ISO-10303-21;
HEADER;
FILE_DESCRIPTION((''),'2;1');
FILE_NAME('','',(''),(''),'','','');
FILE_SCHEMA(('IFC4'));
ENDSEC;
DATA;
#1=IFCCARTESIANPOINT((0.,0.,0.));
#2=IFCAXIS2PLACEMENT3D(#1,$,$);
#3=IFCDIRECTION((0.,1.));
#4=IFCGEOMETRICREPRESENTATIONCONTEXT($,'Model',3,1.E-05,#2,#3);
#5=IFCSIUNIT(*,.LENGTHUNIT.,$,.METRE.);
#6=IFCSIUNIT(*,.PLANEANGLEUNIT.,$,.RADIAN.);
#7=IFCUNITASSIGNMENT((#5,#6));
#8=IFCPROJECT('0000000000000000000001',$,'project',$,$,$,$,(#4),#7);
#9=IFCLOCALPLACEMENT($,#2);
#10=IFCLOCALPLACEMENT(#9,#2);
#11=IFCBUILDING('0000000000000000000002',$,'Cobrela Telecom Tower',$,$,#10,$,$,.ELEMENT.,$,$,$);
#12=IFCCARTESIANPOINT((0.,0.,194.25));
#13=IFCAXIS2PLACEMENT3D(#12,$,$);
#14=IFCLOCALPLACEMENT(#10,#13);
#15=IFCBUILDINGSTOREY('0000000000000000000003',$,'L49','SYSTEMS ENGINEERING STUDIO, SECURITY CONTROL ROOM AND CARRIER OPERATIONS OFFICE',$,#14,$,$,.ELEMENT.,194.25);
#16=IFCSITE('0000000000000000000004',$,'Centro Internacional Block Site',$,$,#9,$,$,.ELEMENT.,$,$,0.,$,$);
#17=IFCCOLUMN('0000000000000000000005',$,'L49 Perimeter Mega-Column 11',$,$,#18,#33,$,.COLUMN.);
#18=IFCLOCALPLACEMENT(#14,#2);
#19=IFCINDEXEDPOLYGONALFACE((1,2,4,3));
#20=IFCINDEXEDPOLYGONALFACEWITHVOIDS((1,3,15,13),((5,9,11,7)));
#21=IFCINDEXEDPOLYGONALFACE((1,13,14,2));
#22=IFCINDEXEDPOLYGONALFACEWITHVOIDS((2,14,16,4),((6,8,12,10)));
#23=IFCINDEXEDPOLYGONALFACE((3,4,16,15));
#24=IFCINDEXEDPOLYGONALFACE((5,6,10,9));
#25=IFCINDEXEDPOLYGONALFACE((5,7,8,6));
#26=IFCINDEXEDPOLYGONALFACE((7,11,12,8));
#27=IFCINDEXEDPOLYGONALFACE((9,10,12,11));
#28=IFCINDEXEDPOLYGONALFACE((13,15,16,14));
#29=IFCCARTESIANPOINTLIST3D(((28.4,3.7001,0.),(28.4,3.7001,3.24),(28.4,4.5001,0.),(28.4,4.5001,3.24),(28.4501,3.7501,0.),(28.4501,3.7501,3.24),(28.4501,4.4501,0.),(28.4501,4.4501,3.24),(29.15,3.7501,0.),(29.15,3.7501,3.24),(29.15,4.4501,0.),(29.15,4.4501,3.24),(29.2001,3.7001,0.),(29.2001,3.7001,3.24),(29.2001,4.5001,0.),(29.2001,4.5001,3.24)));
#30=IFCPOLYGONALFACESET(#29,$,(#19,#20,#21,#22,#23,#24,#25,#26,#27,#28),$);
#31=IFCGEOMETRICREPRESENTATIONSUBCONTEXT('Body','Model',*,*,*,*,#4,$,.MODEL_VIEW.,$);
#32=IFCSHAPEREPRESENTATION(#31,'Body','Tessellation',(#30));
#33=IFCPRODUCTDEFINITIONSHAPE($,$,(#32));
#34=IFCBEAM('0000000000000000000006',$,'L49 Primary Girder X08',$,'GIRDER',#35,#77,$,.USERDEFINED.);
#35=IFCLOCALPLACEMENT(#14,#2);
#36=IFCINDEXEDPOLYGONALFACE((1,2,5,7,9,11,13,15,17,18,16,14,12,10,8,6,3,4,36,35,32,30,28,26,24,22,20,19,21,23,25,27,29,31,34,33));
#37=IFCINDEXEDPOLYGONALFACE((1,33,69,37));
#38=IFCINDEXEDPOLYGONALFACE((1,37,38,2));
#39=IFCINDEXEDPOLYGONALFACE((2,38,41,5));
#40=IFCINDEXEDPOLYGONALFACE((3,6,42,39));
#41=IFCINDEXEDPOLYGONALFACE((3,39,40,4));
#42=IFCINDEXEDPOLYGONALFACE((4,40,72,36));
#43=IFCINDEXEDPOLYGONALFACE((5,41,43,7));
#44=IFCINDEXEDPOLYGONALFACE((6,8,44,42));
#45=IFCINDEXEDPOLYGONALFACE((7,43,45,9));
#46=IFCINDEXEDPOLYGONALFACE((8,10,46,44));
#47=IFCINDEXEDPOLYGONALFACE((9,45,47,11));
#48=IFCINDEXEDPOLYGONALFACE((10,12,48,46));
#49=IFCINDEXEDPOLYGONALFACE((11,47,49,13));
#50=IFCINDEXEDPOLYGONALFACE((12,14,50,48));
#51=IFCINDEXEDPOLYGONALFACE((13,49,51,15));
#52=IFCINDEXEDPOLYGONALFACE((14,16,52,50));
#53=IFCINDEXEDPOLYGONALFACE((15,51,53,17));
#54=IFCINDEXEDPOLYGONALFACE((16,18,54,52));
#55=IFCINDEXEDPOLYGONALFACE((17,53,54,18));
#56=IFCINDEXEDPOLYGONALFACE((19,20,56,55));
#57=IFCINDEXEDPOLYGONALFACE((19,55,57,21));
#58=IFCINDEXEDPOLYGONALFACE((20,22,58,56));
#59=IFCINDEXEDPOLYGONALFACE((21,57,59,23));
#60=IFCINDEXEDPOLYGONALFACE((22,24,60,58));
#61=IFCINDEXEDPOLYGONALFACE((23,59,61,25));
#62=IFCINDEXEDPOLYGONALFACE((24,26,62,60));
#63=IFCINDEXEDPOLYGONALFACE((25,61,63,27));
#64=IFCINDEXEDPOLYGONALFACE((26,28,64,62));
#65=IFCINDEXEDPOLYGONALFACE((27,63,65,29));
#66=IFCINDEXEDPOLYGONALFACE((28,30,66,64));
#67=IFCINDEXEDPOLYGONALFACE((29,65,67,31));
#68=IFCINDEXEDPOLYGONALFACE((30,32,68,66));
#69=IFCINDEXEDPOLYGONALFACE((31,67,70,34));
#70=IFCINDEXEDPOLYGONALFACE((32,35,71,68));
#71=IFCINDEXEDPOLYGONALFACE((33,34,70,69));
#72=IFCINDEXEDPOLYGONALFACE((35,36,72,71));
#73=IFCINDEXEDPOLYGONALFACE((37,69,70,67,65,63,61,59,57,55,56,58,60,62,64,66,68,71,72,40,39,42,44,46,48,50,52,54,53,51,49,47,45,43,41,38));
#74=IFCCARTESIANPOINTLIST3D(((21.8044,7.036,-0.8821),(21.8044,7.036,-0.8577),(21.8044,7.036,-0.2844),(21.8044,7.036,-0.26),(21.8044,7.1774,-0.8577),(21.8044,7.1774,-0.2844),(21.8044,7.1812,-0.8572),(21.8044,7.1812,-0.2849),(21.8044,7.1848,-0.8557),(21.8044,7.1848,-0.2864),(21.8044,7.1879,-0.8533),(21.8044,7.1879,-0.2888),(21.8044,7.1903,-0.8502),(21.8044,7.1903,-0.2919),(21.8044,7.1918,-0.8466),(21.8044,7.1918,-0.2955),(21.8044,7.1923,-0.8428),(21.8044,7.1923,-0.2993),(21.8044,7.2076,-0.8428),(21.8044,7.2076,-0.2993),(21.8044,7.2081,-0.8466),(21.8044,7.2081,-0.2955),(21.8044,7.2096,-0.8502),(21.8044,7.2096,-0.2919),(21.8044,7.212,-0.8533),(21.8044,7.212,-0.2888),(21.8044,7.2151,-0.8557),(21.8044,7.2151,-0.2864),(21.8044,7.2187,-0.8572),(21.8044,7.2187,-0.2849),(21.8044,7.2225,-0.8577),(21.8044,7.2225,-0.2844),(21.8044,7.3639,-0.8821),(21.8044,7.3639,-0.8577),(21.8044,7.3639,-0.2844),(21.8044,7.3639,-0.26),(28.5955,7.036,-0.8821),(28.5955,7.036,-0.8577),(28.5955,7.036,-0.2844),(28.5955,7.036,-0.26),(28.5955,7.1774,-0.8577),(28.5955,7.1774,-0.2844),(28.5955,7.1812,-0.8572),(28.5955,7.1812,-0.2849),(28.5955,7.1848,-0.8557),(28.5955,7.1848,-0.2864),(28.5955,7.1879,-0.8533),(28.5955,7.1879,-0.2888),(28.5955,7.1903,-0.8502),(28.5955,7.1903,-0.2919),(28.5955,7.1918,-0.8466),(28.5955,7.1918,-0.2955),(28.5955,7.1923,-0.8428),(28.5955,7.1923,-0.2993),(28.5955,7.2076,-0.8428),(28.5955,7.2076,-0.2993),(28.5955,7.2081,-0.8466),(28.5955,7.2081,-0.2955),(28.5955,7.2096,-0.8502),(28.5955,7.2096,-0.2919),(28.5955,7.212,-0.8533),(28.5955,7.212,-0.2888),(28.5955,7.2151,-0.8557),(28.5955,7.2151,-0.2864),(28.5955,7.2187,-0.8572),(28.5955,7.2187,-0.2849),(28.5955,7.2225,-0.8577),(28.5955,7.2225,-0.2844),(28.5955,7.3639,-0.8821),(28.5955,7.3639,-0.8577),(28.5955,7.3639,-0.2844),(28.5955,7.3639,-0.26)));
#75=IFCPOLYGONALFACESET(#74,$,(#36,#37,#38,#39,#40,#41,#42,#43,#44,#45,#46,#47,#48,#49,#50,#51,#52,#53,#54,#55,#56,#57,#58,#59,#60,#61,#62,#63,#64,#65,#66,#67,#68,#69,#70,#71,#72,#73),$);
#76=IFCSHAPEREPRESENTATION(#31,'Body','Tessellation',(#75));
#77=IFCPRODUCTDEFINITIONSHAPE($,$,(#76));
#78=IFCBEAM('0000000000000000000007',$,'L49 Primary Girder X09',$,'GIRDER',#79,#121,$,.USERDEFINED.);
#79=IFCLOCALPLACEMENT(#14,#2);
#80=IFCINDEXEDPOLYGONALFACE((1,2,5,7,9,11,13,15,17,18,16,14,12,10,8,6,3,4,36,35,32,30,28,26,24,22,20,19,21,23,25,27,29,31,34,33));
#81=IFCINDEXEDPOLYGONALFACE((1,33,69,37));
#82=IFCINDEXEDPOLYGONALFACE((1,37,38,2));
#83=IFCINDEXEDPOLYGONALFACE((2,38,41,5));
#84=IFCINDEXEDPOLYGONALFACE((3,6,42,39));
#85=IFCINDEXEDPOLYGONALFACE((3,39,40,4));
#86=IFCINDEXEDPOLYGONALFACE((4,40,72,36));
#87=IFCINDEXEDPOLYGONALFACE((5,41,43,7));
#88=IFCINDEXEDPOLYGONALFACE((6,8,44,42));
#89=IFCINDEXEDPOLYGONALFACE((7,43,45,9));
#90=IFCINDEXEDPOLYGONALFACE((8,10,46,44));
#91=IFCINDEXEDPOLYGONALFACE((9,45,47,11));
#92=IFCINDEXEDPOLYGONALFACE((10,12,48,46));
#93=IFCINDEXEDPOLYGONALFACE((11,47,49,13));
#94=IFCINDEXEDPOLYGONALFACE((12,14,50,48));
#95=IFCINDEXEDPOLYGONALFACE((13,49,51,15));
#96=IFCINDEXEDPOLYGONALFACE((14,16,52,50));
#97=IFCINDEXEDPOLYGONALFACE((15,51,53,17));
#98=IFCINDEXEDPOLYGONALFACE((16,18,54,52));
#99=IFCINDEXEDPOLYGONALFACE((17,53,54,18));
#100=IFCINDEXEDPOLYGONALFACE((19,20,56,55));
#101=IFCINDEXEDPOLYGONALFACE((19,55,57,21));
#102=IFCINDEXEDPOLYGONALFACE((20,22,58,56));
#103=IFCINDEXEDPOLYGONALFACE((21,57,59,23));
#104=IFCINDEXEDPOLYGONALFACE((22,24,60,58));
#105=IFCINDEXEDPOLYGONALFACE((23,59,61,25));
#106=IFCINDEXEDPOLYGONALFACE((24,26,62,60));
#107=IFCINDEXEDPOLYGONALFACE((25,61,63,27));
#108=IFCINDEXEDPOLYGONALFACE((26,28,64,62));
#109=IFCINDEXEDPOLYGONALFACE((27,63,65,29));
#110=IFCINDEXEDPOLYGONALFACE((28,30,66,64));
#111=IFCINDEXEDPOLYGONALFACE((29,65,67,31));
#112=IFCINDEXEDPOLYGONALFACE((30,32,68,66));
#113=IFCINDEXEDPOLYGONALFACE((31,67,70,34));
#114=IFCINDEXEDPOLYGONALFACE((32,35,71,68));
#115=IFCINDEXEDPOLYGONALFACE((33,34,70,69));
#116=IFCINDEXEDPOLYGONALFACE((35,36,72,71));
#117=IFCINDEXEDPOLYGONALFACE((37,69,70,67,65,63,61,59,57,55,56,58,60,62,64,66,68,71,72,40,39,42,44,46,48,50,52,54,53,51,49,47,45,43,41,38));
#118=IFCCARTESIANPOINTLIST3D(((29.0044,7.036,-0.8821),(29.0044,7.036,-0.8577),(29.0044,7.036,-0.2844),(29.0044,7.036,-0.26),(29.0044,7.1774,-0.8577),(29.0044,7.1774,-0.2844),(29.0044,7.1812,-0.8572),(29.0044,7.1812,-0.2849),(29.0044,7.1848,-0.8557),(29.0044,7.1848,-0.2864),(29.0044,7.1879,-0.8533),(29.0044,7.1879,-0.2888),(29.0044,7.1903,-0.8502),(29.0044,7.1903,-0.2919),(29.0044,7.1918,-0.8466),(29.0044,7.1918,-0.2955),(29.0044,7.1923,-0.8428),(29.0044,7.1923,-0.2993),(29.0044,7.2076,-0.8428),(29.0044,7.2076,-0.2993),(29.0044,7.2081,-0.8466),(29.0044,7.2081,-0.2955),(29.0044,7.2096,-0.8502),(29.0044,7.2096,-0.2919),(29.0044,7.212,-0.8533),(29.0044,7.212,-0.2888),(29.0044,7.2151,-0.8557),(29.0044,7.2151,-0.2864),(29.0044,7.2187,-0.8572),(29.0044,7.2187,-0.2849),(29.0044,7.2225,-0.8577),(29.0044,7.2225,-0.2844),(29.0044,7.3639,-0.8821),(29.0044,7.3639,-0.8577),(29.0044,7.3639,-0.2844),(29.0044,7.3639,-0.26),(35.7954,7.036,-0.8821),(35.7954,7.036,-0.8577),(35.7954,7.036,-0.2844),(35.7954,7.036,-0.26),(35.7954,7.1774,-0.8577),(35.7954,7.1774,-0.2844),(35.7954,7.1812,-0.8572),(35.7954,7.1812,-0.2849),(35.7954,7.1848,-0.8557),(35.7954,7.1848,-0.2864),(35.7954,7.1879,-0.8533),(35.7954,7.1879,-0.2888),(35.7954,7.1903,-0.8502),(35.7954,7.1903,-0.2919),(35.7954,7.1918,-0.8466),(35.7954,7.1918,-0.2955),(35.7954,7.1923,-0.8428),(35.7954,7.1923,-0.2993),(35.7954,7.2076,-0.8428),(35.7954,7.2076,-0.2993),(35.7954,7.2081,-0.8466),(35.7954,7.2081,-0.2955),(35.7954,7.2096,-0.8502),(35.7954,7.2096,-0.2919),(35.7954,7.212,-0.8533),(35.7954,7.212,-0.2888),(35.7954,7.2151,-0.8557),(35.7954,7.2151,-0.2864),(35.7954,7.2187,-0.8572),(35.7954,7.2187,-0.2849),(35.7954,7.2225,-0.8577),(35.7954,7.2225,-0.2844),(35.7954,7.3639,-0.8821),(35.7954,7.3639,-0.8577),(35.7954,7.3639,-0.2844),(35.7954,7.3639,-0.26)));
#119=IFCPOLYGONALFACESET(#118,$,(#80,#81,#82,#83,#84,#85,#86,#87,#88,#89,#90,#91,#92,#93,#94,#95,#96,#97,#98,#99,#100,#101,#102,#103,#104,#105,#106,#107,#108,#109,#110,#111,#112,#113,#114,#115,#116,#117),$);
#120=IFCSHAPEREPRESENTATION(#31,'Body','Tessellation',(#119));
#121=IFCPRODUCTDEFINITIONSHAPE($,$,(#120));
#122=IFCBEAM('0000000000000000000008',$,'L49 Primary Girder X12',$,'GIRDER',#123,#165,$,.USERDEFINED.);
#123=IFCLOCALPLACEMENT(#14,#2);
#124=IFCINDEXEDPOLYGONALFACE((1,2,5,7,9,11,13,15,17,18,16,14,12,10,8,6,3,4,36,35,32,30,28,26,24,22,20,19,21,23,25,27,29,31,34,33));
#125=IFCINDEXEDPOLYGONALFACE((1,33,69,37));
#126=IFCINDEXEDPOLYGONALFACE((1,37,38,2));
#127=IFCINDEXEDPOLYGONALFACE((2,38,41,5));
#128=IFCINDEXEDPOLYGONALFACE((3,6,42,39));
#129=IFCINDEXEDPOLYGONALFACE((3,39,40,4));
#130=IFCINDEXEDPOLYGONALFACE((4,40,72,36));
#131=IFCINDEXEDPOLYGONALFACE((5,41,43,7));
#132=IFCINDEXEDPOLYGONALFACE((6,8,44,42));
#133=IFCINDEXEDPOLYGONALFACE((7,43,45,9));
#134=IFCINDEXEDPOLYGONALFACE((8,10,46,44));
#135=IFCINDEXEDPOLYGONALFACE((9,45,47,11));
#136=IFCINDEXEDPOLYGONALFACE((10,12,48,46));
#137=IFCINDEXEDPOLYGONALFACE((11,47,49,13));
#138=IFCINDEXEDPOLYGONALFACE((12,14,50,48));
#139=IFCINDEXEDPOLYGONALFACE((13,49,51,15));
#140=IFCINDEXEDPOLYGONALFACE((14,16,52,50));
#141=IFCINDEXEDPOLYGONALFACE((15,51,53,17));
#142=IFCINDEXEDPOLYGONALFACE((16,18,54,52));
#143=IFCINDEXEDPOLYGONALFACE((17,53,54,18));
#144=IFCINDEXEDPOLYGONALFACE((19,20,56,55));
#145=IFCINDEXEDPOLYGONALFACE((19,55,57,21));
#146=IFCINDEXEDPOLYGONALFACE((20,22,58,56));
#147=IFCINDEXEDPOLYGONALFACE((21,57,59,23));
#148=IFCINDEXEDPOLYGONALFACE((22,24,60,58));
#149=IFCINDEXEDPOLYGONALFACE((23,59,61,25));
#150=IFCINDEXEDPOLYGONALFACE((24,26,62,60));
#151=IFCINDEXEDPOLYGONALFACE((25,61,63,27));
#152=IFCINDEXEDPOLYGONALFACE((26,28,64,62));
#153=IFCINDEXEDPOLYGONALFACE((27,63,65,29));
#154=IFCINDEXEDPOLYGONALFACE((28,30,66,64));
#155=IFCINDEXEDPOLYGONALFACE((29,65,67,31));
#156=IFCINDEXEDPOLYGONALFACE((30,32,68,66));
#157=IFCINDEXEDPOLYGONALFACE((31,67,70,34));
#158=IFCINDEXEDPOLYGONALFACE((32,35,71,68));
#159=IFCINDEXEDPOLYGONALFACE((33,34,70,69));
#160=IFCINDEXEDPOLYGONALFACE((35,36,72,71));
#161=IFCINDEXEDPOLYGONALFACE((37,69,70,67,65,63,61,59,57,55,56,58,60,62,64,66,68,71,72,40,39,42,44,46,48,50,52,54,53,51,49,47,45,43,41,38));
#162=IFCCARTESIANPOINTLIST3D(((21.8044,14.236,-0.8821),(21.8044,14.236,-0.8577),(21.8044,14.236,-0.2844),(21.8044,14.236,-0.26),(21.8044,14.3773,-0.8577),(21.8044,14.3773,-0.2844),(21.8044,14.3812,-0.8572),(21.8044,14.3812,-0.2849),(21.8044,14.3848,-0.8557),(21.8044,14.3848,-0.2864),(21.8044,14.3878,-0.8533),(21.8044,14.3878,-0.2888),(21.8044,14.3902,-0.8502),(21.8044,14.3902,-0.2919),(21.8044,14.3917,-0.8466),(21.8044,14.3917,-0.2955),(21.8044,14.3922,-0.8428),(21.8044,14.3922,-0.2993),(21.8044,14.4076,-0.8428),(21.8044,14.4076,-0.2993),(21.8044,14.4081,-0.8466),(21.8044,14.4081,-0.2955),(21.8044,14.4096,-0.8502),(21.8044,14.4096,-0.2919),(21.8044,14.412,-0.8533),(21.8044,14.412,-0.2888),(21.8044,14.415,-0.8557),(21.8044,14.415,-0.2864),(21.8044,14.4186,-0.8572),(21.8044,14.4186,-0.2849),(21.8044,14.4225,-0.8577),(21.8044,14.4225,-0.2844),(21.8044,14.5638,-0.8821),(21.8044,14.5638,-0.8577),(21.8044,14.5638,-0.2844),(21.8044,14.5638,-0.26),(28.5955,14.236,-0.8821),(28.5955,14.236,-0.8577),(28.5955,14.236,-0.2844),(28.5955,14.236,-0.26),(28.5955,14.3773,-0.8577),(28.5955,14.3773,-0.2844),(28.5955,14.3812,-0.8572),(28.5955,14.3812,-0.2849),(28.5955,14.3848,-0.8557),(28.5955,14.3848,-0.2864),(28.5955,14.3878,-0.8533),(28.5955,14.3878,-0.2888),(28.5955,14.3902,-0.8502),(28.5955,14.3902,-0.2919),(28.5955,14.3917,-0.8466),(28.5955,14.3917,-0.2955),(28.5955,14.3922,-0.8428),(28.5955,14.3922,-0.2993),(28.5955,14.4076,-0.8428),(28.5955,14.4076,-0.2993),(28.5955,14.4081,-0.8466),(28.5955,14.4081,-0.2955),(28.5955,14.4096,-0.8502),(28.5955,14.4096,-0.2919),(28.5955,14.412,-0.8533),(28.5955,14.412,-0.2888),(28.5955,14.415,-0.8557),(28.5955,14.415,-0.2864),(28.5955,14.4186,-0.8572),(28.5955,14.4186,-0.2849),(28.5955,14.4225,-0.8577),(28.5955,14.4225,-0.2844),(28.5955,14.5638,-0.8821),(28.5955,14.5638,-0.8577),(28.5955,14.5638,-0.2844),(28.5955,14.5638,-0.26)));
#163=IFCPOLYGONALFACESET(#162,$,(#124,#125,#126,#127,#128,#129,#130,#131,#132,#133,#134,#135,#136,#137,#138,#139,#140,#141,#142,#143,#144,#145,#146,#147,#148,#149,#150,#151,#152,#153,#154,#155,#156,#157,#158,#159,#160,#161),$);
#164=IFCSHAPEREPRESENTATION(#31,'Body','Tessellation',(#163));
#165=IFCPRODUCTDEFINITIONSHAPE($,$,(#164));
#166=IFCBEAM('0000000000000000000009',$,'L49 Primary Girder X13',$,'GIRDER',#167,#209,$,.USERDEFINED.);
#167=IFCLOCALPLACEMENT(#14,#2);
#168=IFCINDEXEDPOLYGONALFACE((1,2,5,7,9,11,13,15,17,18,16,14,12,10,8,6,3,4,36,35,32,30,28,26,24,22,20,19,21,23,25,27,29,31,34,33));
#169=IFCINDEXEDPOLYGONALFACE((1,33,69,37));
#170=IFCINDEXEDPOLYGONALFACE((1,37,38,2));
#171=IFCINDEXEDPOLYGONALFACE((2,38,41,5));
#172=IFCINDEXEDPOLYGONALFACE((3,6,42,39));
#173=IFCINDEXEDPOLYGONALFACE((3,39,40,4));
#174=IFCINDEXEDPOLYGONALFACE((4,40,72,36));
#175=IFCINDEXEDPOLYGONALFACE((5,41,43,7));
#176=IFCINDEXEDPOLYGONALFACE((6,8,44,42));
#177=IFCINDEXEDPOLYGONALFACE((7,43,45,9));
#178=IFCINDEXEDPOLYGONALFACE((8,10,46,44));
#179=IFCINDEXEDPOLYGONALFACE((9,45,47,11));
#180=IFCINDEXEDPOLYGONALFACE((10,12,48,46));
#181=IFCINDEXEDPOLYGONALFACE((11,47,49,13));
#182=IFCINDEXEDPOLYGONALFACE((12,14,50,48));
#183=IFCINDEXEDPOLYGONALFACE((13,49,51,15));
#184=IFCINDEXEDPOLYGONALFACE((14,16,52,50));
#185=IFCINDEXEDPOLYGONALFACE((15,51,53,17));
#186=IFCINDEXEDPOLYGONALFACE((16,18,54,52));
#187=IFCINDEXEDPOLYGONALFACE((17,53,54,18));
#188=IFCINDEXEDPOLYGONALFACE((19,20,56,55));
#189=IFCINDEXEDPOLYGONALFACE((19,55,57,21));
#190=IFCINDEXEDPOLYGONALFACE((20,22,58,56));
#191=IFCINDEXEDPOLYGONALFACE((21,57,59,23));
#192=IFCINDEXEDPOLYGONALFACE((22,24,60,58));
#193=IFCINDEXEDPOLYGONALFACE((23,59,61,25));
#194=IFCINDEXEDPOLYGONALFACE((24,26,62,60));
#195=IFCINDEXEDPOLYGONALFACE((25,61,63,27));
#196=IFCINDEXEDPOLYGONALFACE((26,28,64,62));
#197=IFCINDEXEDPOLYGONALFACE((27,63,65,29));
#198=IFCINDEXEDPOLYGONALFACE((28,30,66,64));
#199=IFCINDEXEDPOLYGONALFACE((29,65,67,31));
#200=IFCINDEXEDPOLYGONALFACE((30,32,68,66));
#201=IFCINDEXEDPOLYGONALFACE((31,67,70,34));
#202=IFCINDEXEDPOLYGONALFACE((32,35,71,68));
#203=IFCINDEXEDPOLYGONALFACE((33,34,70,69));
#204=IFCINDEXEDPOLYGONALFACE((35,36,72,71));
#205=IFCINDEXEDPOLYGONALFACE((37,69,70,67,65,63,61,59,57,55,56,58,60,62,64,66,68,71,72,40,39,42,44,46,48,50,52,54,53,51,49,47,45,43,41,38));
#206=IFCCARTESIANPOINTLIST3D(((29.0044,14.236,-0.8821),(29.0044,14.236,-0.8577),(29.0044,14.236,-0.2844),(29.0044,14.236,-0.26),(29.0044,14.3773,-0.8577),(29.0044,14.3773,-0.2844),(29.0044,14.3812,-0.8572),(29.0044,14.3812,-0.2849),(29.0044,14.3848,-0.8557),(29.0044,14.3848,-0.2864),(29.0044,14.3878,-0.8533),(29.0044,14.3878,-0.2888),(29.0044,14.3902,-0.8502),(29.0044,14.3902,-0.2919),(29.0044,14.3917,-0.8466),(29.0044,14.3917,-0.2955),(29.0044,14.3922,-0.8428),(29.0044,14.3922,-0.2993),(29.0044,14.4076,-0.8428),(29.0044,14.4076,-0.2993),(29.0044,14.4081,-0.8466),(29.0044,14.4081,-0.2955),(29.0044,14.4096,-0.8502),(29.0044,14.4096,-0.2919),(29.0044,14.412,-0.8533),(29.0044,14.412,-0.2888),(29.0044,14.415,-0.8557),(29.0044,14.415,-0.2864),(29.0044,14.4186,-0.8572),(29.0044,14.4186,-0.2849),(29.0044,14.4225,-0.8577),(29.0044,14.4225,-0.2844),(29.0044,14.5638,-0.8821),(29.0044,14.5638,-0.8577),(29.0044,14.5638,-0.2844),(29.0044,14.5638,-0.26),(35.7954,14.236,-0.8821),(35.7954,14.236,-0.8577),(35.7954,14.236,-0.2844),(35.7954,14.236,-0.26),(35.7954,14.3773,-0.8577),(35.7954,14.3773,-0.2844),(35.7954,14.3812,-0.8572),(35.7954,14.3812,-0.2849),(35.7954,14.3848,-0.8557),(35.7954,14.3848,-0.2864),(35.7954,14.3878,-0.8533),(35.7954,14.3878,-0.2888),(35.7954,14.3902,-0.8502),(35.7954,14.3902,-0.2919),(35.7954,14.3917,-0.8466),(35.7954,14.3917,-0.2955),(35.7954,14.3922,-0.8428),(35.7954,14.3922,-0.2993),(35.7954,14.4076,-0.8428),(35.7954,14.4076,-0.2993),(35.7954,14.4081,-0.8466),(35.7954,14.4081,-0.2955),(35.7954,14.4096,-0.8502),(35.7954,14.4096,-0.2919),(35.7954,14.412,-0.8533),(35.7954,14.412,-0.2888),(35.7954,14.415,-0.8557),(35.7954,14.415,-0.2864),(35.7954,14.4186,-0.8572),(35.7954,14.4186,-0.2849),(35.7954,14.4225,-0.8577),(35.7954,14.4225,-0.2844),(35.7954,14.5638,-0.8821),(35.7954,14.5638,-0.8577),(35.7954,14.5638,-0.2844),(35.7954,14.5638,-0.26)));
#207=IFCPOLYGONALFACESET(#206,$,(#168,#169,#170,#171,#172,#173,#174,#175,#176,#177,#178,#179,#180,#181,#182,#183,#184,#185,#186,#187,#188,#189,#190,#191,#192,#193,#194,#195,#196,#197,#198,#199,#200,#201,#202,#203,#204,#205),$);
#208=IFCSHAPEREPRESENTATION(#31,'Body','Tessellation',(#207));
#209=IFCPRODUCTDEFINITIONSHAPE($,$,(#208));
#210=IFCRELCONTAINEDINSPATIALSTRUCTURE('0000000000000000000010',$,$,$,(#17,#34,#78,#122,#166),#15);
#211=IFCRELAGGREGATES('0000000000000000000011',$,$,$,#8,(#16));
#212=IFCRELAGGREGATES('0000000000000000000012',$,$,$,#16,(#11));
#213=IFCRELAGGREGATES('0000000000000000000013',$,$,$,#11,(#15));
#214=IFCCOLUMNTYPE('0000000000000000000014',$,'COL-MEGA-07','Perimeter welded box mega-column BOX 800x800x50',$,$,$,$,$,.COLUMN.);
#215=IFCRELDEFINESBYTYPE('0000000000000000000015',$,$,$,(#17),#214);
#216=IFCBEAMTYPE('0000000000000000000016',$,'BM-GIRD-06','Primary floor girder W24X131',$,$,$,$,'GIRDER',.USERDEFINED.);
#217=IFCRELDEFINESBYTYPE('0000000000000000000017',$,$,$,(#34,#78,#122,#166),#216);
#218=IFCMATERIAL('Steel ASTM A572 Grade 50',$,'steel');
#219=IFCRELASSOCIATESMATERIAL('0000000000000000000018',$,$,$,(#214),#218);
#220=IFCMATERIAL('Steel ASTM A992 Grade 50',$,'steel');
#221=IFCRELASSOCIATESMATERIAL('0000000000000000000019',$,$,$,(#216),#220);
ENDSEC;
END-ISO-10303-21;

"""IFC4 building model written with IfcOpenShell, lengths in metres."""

from ifc_helpers import new_model, si_unit, direction, frame, origin, origin_2d, place, context, subcontext, project, spatial, hollow_rectangle, i_section, extrude, material, material_profile, profile_set, type_object, element, save


model = new_model("IFC4")

# Units and contexts
model_context = context("Model", 3, precision=1e-05, world=origin(), true_north=direction((0.0, 1.0)))
body_context = subcontext(model_context, "Body", "Model", "MODEL_VIEW")
ifc_project = project(units=[si_unit("LENGTHUNIT", "METRE"), si_unit("PLANEANGLEUNIT", "RADIAN")], contexts=[model_context])

# Site, building, storey
site_placement = place(None, origin())
site = spatial("IfcSite", under=ifc_project, at=site_placement, Name="Centro Internacional Block Site", CompositionType="ELEMENT", RefElevation=0.0)
building_placement = place(site_placement, origin())
building = spatial("IfcBuilding", under=site, at=building_placement, Name="Cobrela Telecom Tower", CompositionType="ELEMENT")
storey_placement = place(building_placement, frame((0.0, 0.0, 194.25)))
storey = spatial("IfcBuildingStorey", under=building, at=storey_placement, Name="L49", Description="SYSTEMS ENGINEERING STUDIO, SECURITY CONTROL ROOM AND CARRIER OPERATIONS OFFICE", CompositionType="ELEMENT", Elevation=194.25)

# Column
ifc_material_1 = material(Name="Steel ASTM A992 Grade 50", Category="steel")
ifc_material_2 = material(Name="Steel ASTM A572 Grade 50", Category="steel")
ifc_material_profile_1 = material_profile(ifc_material_2, hollow_rectangle(XDim=0.8, YDim=0.8, WallThickness=0.05, at=origin_2d()), Name="BOX 800x800x50")
ifc_profile_set_1 = profile_set([ifc_material_profile_1], Name="Steel ASTM A572 Grade 50")
column_type_1 = type_object("IfcColumnType", Name="COL-MEGA-07", Description="Perimeter welded box mega-column BOX 800x800x50", PredefinedType="COLUMN", material=ifc_profile_set_1)
for number, where, z_axis, x_axis, name in (
    (1, (28.8, 4.1001, 0.0), (0.0, 0.0, 1.0), (1.0, 0.0, 0.0), "L49 Perimeter Mega-Column 11"),
):
    element("IfcColumn", number, at=place(storey_placement, frame(where, z_axis=z_axis, x_axis=x_axis)), inside=storey, type_object=column_type_1, Name=name, PredefinedType="COLUMN", context=body_context, shape_type="SweptSolid", body=[
        extrude(hollow_rectangle(XDim=0.8, YDim=0.8, WallThickness=0.05, at=origin_2d()), origin(), (0.0, 0.0, 1.0), 3.24),
    ])

# Beams
ifc_material_profile_2 = material_profile(ifc_material_1, i_section(OverallWidth=0.3279, OverallDepth=0.6221, WebThickness=0.0154, FlangeThickness=0.0244, FilletRadius=0.0149, at=origin_2d()), Name="W24X131")
ifc_profile_set_2 = profile_set([ifc_material_profile_2], Name="Steel ASTM A992 Grade 50")
beam_type_1 = type_object("IfcBeamType", Name="BM-GIRD-06", Description="Primary floor girder W24X131", ElementType="GIRDER", PredefinedType="USERDEFINED", material=ifc_profile_set_2)
for number, where, z_axis, x_axis, name in (
    (2, (21.8044, 7.2, -0.571), (1.0, 0.0, 0.0), (0.0, 1.0, 0.0), "L49 Primary Girder X08"),
    (3, (29.0044, 7.2, -0.571), (1.0, 0.0, 0.0), (0.0, 1.0, 0.0), "L49 Primary Girder X09"),
    (4, (21.8044, 14.3999, -0.571), (1.0, 0.0, 0.0), (0.0, 1.0, 0.0), "L49 Primary Girder X12"),
    (5, (29.0044, 14.3999, -0.571), (1.0, 0.0, 0.0), (0.0, 1.0, 0.0), "L49 Primary Girder X13"),
):
    element("IfcBeam", number, at=place(storey_placement, frame(where, z_axis=z_axis, x_axis=x_axis)), inside=storey, type_object=beam_type_1, Name=name, ObjectType="GIRDER", PredefinedType="USERDEFINED", context=body_context, shape_type="SweptSolid", body=[
        extrude(i_section(OverallWidth=0.3279, OverallDepth=0.6221, WebThickness=0.0154, FlangeThickness=0.0244, FilletRadius=0.0149, at=origin_2d()), origin(), (0.0, 0.0, 1.0), 6.791),
    ])

save(model, "model.ifc")
